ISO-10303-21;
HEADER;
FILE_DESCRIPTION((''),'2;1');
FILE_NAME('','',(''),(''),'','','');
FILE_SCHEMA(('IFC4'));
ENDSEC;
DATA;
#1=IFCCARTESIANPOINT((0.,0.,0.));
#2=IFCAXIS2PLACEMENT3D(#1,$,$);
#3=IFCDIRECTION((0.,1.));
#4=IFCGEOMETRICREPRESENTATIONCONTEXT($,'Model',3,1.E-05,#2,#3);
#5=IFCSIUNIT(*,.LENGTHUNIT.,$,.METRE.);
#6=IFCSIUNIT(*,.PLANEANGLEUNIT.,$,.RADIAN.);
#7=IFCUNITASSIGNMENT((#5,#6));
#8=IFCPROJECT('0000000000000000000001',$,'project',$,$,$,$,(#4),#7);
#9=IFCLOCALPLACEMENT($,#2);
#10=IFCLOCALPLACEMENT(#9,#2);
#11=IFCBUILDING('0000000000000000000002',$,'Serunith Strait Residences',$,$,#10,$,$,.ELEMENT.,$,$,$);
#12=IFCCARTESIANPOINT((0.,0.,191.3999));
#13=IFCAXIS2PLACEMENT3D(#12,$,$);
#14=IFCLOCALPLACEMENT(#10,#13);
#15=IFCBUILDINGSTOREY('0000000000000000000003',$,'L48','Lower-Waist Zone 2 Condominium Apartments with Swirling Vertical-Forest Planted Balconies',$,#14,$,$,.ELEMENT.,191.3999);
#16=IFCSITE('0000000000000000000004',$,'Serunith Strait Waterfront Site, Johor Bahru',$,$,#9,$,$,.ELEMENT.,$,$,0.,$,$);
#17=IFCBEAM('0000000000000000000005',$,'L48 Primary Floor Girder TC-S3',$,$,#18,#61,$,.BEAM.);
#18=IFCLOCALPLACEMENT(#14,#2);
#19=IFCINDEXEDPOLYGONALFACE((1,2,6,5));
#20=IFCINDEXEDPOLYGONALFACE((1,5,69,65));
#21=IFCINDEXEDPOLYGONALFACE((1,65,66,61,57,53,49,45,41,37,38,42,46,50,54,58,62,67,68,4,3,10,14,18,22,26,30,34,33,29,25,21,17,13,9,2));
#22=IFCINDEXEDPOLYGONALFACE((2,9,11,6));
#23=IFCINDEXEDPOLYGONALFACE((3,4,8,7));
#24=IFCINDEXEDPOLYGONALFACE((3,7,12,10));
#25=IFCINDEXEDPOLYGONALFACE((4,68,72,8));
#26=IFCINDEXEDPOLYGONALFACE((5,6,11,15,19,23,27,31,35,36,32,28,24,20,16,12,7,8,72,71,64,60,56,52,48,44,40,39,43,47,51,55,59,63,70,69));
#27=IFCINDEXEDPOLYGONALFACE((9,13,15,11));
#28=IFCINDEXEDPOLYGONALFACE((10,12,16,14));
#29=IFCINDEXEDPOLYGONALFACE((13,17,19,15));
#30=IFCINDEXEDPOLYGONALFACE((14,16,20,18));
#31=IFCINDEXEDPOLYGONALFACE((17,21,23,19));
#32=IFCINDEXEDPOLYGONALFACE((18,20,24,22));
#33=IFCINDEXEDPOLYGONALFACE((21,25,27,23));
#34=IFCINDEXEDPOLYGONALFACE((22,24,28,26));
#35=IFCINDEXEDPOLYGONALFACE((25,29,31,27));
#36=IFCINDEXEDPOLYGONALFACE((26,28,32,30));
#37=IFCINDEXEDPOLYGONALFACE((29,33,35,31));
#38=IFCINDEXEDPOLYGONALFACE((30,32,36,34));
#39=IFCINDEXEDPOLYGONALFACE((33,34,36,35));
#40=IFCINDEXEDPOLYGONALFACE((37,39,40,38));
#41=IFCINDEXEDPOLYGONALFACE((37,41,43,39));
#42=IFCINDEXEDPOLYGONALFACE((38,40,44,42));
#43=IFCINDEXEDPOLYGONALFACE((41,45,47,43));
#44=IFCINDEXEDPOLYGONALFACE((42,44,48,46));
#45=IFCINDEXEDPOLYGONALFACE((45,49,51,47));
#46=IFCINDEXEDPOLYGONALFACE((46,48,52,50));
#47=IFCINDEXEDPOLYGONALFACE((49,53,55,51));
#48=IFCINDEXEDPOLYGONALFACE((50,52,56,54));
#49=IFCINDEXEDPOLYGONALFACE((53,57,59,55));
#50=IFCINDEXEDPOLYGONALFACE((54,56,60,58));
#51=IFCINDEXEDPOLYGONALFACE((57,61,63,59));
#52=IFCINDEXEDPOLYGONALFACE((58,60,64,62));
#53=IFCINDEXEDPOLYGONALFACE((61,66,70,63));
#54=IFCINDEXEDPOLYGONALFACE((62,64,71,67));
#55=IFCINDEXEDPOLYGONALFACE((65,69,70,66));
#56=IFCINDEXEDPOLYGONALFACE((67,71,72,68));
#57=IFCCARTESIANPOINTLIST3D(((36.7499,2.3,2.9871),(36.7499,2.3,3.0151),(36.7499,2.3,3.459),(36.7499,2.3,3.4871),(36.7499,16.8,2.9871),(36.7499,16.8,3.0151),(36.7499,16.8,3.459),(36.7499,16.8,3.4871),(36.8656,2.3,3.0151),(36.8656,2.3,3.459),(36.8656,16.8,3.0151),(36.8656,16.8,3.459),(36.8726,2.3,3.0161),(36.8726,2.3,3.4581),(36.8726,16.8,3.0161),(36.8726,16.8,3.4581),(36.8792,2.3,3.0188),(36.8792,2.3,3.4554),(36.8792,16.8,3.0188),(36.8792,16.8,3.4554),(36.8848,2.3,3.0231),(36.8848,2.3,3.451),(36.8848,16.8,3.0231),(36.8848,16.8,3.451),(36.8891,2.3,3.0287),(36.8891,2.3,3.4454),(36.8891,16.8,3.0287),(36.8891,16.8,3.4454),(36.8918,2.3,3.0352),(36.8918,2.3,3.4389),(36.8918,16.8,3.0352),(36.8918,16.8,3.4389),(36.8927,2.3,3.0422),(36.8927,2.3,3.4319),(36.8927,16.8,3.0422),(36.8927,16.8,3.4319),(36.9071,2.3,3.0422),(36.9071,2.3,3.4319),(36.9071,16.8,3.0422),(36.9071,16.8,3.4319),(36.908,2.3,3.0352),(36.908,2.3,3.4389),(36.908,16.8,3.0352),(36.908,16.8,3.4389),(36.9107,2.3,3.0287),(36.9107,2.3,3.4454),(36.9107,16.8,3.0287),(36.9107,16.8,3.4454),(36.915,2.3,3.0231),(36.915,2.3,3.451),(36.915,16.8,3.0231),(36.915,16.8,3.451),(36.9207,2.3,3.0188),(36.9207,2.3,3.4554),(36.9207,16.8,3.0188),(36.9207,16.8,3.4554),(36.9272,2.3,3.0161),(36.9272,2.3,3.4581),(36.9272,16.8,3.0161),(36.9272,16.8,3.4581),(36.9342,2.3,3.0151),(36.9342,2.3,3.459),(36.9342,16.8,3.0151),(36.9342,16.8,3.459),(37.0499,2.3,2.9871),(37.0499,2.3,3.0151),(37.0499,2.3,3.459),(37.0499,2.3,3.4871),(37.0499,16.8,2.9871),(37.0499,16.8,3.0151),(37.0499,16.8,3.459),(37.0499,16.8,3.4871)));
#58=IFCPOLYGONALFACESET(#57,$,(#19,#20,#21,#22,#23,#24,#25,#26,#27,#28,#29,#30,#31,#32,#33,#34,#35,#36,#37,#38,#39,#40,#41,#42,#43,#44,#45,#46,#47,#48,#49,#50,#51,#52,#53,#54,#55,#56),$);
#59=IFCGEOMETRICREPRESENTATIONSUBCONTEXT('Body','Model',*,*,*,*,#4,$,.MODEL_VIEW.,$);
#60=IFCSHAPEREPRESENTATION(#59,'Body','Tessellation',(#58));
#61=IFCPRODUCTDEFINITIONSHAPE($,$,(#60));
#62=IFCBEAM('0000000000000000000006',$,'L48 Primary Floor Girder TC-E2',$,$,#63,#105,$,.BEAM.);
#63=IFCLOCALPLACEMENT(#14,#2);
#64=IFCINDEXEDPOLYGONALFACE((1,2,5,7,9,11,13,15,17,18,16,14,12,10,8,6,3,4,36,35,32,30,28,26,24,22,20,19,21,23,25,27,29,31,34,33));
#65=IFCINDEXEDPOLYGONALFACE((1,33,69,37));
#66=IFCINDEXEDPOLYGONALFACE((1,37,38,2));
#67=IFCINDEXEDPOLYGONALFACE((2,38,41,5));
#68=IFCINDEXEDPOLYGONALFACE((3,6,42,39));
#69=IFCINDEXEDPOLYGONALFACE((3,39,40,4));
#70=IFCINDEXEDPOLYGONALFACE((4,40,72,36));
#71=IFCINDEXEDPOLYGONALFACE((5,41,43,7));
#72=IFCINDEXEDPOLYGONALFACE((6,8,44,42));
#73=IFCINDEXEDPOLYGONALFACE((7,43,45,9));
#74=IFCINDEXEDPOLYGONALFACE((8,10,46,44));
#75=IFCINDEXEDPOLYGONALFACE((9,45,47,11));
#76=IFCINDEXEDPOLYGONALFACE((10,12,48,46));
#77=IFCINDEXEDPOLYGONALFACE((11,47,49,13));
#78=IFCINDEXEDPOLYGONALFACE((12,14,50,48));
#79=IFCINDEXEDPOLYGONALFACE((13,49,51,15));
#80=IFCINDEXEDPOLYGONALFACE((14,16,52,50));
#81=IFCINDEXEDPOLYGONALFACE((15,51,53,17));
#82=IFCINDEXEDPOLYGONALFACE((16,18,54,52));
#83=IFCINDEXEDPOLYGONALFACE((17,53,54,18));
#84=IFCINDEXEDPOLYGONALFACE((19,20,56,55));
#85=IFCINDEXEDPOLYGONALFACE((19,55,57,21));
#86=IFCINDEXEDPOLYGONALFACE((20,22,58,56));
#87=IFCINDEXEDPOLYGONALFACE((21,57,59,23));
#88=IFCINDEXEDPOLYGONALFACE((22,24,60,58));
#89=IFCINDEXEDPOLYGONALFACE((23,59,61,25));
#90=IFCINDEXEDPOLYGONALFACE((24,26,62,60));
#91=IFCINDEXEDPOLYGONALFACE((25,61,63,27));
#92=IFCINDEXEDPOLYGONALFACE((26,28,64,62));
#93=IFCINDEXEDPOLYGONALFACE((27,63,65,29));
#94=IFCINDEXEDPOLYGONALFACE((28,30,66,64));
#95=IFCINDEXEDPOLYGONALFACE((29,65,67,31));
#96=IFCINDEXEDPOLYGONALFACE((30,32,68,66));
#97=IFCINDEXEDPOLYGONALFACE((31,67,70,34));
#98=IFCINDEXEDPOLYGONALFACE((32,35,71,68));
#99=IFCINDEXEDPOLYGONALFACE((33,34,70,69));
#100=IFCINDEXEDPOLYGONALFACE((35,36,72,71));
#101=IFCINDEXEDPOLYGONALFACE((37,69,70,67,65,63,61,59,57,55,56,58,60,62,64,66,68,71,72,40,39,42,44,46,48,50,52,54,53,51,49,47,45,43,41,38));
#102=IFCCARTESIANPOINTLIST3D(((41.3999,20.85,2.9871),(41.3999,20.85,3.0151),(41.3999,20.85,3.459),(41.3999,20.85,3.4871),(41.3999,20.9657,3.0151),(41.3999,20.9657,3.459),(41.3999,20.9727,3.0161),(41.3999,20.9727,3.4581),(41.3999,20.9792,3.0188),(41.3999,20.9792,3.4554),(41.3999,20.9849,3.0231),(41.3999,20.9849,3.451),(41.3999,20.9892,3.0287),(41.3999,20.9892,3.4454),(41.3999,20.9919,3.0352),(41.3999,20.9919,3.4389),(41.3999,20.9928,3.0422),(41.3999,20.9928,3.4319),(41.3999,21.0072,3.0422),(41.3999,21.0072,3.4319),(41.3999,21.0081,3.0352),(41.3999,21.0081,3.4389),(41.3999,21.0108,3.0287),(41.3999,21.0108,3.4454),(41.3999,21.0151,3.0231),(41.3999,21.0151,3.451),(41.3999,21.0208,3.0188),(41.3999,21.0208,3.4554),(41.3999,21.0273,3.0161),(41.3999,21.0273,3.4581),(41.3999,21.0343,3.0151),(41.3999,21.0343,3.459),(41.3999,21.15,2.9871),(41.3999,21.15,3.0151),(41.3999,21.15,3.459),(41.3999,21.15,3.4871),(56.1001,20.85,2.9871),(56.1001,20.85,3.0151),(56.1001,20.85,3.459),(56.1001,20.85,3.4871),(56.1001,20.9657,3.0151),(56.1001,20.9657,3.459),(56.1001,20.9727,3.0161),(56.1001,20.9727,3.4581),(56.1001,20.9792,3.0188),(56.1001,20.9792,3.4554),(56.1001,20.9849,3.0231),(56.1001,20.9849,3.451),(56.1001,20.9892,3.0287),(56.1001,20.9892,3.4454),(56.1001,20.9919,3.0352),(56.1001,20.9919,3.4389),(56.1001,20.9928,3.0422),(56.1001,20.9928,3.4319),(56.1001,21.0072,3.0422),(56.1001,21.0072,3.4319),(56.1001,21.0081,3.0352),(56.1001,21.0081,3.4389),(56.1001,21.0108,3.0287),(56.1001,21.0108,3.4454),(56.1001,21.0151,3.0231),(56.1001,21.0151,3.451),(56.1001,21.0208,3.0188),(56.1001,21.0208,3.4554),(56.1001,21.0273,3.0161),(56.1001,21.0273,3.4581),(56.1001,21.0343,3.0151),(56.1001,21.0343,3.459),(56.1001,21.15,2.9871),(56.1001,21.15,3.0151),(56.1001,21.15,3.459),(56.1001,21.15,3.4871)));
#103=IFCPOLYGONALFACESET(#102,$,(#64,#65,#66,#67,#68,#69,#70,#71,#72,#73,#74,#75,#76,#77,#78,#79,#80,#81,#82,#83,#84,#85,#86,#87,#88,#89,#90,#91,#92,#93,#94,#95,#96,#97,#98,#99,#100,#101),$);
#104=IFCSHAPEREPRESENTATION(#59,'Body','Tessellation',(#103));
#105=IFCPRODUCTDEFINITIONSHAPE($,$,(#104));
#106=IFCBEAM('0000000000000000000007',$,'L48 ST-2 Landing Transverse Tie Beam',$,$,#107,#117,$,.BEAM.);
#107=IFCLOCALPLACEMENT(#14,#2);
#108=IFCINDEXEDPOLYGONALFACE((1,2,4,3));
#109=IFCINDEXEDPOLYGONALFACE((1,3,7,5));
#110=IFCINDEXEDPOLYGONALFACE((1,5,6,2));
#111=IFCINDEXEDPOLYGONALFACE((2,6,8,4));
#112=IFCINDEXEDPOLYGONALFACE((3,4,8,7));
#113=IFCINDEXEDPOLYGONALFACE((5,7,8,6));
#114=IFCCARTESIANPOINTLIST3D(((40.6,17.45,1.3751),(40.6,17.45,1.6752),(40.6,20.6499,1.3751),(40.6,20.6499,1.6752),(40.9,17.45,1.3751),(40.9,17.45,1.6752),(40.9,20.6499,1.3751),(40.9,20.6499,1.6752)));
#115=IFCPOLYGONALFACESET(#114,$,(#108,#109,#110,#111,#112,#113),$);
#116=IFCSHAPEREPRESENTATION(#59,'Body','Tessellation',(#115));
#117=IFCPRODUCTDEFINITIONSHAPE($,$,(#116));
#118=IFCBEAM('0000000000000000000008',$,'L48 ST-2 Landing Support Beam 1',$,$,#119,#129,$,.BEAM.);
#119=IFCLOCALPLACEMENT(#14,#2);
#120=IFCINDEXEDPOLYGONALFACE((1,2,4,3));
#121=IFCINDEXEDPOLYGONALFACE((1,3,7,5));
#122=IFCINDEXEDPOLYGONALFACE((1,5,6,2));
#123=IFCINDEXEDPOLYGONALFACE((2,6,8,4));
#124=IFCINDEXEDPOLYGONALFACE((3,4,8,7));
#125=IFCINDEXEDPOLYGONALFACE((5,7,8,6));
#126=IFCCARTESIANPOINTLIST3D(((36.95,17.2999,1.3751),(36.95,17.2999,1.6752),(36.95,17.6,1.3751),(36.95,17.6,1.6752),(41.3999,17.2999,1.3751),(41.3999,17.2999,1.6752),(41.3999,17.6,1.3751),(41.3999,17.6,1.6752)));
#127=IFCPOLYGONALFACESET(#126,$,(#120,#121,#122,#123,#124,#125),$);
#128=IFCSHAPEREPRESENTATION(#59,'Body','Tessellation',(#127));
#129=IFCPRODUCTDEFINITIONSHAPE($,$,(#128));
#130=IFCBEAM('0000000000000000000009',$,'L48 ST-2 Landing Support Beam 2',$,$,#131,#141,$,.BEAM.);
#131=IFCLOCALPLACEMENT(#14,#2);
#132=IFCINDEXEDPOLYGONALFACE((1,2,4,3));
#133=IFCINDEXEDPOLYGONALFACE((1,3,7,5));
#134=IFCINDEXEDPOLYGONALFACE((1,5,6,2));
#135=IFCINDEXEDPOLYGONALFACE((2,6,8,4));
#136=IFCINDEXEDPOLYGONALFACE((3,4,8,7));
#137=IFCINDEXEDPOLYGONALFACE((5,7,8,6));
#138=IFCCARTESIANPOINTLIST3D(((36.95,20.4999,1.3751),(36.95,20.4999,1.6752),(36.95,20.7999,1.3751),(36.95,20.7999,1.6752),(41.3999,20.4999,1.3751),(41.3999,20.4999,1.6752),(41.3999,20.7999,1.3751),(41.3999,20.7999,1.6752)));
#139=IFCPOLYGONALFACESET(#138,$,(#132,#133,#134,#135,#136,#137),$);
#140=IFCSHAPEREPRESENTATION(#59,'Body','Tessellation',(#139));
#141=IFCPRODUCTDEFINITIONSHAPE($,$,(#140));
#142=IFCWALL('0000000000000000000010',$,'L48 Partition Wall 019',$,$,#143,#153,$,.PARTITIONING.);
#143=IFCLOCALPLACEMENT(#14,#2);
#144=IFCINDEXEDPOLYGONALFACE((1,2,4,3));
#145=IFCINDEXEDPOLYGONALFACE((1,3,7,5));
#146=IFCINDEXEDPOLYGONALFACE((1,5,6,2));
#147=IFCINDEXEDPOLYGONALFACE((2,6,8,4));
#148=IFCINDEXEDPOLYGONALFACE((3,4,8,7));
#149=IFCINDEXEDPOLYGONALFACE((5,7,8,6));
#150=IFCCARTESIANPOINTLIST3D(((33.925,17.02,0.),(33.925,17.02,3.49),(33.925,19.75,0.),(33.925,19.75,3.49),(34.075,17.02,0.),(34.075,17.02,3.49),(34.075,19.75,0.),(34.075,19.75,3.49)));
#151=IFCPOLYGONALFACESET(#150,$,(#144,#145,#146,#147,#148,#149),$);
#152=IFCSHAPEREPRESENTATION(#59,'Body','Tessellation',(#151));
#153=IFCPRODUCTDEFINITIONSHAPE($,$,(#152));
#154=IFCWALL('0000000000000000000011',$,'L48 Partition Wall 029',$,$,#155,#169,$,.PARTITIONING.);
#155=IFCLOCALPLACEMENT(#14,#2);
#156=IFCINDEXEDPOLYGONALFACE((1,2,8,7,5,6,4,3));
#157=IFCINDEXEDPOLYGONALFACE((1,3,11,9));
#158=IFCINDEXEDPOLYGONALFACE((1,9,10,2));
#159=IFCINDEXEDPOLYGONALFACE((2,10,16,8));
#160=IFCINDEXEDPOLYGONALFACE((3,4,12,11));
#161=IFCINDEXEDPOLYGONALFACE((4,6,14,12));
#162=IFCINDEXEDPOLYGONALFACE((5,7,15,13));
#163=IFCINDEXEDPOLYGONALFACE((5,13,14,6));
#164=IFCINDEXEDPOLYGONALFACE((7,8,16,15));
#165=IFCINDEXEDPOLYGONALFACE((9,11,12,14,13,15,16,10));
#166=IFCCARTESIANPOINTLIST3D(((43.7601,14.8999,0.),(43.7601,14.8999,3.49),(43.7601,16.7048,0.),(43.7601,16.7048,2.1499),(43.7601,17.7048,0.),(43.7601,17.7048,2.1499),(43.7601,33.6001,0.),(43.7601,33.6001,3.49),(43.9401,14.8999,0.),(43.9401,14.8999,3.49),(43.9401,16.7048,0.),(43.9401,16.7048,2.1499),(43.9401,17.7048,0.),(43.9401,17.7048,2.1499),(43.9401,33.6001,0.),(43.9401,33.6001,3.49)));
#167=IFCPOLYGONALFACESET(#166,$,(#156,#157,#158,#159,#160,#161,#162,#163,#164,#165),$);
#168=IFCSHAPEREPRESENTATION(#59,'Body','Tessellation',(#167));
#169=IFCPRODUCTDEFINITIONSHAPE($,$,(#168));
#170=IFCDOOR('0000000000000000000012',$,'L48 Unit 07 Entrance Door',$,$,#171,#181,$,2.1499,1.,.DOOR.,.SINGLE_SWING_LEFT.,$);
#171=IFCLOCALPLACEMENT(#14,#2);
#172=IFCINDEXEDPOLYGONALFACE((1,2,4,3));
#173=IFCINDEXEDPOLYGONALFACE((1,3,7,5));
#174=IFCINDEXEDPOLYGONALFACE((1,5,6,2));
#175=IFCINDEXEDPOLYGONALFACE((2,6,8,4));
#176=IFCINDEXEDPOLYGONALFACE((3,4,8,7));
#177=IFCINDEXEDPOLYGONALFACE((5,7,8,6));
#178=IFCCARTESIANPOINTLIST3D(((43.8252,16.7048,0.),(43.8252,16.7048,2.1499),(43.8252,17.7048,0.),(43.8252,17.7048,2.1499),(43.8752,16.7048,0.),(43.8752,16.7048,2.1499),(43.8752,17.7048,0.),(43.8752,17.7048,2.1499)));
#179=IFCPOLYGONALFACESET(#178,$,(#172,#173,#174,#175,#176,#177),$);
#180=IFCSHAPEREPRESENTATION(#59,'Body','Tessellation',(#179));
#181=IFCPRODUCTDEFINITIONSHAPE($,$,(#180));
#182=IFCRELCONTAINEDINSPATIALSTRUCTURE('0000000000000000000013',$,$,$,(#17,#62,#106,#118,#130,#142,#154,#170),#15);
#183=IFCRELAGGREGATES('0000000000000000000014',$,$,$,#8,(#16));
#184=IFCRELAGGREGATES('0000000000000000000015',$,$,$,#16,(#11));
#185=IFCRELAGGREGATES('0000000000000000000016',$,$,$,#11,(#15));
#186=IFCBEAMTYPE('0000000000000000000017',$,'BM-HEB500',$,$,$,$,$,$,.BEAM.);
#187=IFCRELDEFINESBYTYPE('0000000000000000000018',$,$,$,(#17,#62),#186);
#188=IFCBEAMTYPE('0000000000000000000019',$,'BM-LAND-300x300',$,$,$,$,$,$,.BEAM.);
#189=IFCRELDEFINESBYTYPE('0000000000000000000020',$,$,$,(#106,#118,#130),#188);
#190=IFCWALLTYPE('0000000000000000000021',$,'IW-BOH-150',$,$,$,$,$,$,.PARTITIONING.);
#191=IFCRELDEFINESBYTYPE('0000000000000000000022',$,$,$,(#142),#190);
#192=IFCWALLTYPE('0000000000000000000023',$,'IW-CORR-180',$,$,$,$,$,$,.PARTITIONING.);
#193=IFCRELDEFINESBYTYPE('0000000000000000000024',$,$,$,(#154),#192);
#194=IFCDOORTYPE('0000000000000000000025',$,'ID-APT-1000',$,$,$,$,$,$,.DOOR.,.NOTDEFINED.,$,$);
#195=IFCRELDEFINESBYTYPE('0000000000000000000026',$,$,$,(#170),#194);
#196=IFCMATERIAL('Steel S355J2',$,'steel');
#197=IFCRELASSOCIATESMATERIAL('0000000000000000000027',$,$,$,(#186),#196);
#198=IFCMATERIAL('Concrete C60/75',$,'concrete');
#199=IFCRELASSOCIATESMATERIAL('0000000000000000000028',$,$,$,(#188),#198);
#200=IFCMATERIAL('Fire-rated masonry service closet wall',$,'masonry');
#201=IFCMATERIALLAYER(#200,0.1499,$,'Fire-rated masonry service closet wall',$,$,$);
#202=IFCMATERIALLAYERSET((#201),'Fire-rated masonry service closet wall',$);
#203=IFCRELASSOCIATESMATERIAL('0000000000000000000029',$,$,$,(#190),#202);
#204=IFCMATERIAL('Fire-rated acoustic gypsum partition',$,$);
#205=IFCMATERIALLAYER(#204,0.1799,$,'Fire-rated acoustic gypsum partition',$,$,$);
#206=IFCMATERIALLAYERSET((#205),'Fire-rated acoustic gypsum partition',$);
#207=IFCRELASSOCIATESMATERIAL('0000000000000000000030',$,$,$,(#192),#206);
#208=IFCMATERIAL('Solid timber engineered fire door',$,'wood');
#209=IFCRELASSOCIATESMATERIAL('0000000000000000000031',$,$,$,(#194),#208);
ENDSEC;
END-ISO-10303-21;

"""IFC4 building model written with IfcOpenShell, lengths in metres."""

from ifc_helpers import new_model, si_unit, direction, frame, frame_2d, origin, origin_2d, place, context, subcontext, project, spatial, rectangle, i_section, extrude, source, transform, mapped, material, layer, layer_set, material_profile, profile_set, type_object, element, fill, save


model = new_model("IFC4")

# Units and contexts
model_context = context("Model", 3, precision=1e-05, world=origin(), true_north=direction((0.0, 1.0)))
body_context = subcontext(model_context, "Body", "Model", "MODEL_VIEW")
ifc_project = project(units=[si_unit("LENGTHUNIT", "METRE"), si_unit("PLANEANGLEUNIT", "RADIAN")], contexts=[model_context])

# Site, building, storey
site_placement = place(None, origin())
site = spatial("IfcSite", under=ifc_project, at=site_placement, Name="Serunith Strait Waterfront Site, Johor Bahru", CompositionType="ELEMENT", RefElevation=0.0)
building_placement = place(site_placement, origin())
building = spatial("IfcBuilding", under=site, at=building_placement, Name="Serunith Strait Residences", CompositionType="ELEMENT")
storey_placement = place(building_placement, frame((0.0, 0.0, 191.3999)))
storey = spatial("IfcBuildingStorey", under=building, at=storey_placement, Name="L48", Description="Lower-Waist Zone 2 Condominium Apartments with Swirling Vertical-Forest Planted Balconies", CompositionType="ELEMENT", Elevation=191.3999)

# Beams
ifc_material_1 = material(Name="Steel S355J2", Category="steel")
ifc_material_profile_1 = material_profile(ifc_material_1, i_section(OverallWidth=0.3, OverallDepth=0.5, WebThickness=0.0144, FlangeThickness=0.0281, FilletRadius=0.0271, at=origin_2d()), Name="HEB 500")
ifc_profile_set_1 = profile_set([ifc_material_profile_1], Name="Steel S355J2")
beam_type_1 = type_object("IfcBeamType", Name="BM-HEB500", PredefinedType="BEAM", material=ifc_profile_set_1)
shared_shape_1 = source(origin(), body_context, "Body", "SweptSolid", [
    extrude(i_section(OverallWidth=0.3, OverallDepth=0.5, WebThickness=0.0144, FlangeThickness=0.0281, FilletRadius=0.0271, at=origin_2d()), origin(), (0.0, 0.0, 1.0), 14.5),
])
beam_1_placement = place(storey_placement, frame((36.8999, 16.8, 3.2371), z_axis=(0.0, -1.0, 0.0), x_axis=(1.0, 0.0, 0.0)))
element("IfcBeam", 1, at=beam_1_placement, inside=storey, type_object=beam_type_1, Name="L48 Primary Floor Girder TC-S3", PredefinedType="BEAM", context=body_context, shape_type="MappedRepresentation", body=[
    mapped(shared_shape_1, transform((0.0, 0.0, 0.0), scale=1.0)),
])
shared_shape_2 = source(origin(), body_context, "Body", "SweptSolid", [
    extrude(i_section(OverallWidth=0.3, OverallDepth=0.5, WebThickness=0.0144, FlangeThickness=0.0281, FilletRadius=0.0271, at=origin_2d()), origin(), (0.0, 0.0, 1.0), 14.7002),
])
beam_2_placement = place(storey_placement, frame((41.3999, 21.0, 3.2371), z_axis=(1.0, 0.0, 0.0), x_axis=(0.0, 1.0, 0.0)))
element("IfcBeam", 2, at=beam_2_placement, inside=storey, type_object=beam_type_1, Name="L48 Primary Floor Girder TC-E2", PredefinedType="BEAM", context=body_context, shape_type="MappedRepresentation", body=[
    mapped(shared_shape_2, transform((0.0, 0.0, 0.0), scale=1.0)),
])
ifc_material_2 = material(Name="Concrete C60/75", Category="concrete")
ifc_material_profile_2 = material_profile(ifc_material_2, rectangle(XDim=0.3, YDim=0.3, at=origin_2d()), Name="RC 300x300")
ifc_profile_set_2 = profile_set([ifc_material_profile_2], Name="Concrete C60/75")
beam_type_2 = type_object("IfcBeamType", Name="BM-LAND-300x300", PredefinedType="BEAM", material=ifc_profile_set_2)
shared_shape_3 = source(origin(), body_context, "Body", "SweptSolid", [
    extrude(rectangle(XDim=0.3, YDim=0.3, at=origin_2d()), origin(), (0.0, 0.0, 1.0), 3.2),
])
beam_3_placement = place(storey_placement, frame((40.75, 17.45, 1.5251), z_axis=(0.0, 1.0, 0.0), x_axis=(-1.0, 0.0, 0.0)))
element("IfcBeam", 3, at=beam_3_placement, inside=storey, type_object=beam_type_2, Name="L48 ST-2 Landing Transverse Tie Beam", PredefinedType="BEAM", context=body_context, shape_type="MappedRepresentation", body=[
    mapped(shared_shape_3, transform((0.0, 0.0, 0.0), scale=1.0)),
])
shared_shape_4 = source(origin(), body_context, "Body", "SweptSolid", [
    extrude(rectangle(XDim=0.3, YDim=0.3, at=origin_2d()), origin(), (0.0, 0.0, 1.0), 4.45),
])
for number, where, z_axis, x_axis, name in (
    (4, (36.95, 17.45, 1.5251), (1.0, 0.0, 0.0), (0.0, 1.0, 0.0), "L48 ST-2 Landing Support Beam 1"),
    (5, (36.95, 20.6499, 1.5251), (1.0, 0.0, 0.0), (0.0, 1.0, 0.0), "L48 ST-2 Landing Support Beam 2"),
):
    element("IfcBeam", number, at=place(storey_placement, frame(where, z_axis=z_axis, x_axis=x_axis)), inside=storey, type_object=beam_type_2, Name=name, PredefinedType="BEAM", context=body_context, shape_type="MappedRepresentation", body=[
        mapped(shared_shape_4, transform((0.0, 0.0, 0.0), scale=1.0)),
    ])

# Wall
ifc_material_3 = material(Name="Fire-rated masonry service closet wall", Category="masonry")
ifc_layer_1 = layer(ifc_material_3, 0.1499, Name="Fire-rated masonry service closet wall")
ifc_layer_set_1 = layer_set([ifc_layer_1], Name="Fire-rated masonry service closet wall")
wall_type_1 = type_object("IfcWallType", Name="IW-BOH-150", PredefinedType="PARTITIONING", material=ifc_layer_set_1)
wall_1_placement = place(storey_placement, frame((34.0, 17.02, 0.0), z_axis=(0.0, 0.0, 1.0), x_axis=(0.0, 1.0, 0.0)))
element("IfcWall", 6, at=wall_1_placement, inside=storey, type_object=wall_type_1, Name="L48 Partition Wall 019", PredefinedType="PARTITIONING", context=body_context, shape_type="SweptSolid", body=[
    extrude(rectangle(XDim=2.73, YDim=0.1499, at=frame_2d((1.365, 0.0))), origin(), (0.0, 0.0, 1.0), 3.49),
])

# Wall, opening, door
ifc_material_4 = material(Name="Fire-rated acoustic gypsum partition")
ifc_layer_2 = layer(ifc_material_4, 0.1799, Name="Fire-rated acoustic gypsum partition")
ifc_layer_set_2 = layer_set([ifc_layer_2], Name="Fire-rated acoustic gypsum partition")
wall_type_2 = type_object("IfcWallType", Name="IW-CORR-180", PredefinedType="PARTITIONING", material=ifc_layer_set_2)
wall_2_placement = place(storey_placement, frame((43.8501, 14.8999, 0.0), z_axis=(0.0, 0.0, 1.0), x_axis=(0.0, 1.0, 0.0)))
wall_2 = element("IfcWall", 7, at=wall_2_placement, inside=storey, type_object=wall_type_2, Name="L48 Partition Wall 029", PredefinedType="PARTITIONING", context=body_context, shape_type="SweptSolid", body=[
    extrude(rectangle(XDim=18.7002, YDim=0.1799, at=frame_2d((9.3501, 0.0))), origin(), (0.0, 0.0, 1.0), 3.49),
])
opening_1_placement = place(wall_2_placement, frame((1.8049, 0.0, 0.0)))
opening_1 = element("IfcOpeningElement", 8, at=opening_1_placement, cuts=wall_2, PredefinedType="OPENING", context=body_context, shape_type="SweptSolid", body=[
    extrude(rectangle(XDim=1.0, YDim=2.1499, at=frame_2d((0.5, 1.075))), frame((0.0, 0.1001, 0.0), z_axis=(0.0, -1.0, 0.0), x_axis=(1.0, 0.0, 0.0)), (0.0, 0.0, 1.0), 0.2),
])
ifc_material_5 = material(Name="Solid timber engineered fire door", Category="wood")
door_type_1 = type_object("IfcDoorType", Name="ID-APT-1000", OperationType="NOTDEFINED", PredefinedType="DOOR", material=ifc_material_5)
shared_shape_5 = source(origin(), body_context, "Body", "SweptSolid", [
    extrude(rectangle(XDim=1.0, YDim=2.1499, at=frame_2d((0.5, 1.075))), frame((0.0, 0.0249, 0.0), z_axis=(0.0, -1.0, 0.0), x_axis=(1.0, 0.0, 0.0)), (0.0, 0.0, 1.0), 0.05),
])
door_1_placement = place(opening_1_placement, origin())
door_1 = element("IfcDoor", 9, at=door_1_placement, inside=storey, type_object=door_type_1, Name="L48 Unit 07 Entrance Door", OperationType="SINGLE_SWING_LEFT", OverallHeight=2.1499, OverallWidth=1.0, PredefinedType="DOOR", context=body_context, shape_type="MappedRepresentation", body=[
    mapped(shared_shape_5, transform((0.0, 0.0, 0.0), scale=1.0)),
])
fill(opening_1, door_1)

save(model, "model.ifc")
